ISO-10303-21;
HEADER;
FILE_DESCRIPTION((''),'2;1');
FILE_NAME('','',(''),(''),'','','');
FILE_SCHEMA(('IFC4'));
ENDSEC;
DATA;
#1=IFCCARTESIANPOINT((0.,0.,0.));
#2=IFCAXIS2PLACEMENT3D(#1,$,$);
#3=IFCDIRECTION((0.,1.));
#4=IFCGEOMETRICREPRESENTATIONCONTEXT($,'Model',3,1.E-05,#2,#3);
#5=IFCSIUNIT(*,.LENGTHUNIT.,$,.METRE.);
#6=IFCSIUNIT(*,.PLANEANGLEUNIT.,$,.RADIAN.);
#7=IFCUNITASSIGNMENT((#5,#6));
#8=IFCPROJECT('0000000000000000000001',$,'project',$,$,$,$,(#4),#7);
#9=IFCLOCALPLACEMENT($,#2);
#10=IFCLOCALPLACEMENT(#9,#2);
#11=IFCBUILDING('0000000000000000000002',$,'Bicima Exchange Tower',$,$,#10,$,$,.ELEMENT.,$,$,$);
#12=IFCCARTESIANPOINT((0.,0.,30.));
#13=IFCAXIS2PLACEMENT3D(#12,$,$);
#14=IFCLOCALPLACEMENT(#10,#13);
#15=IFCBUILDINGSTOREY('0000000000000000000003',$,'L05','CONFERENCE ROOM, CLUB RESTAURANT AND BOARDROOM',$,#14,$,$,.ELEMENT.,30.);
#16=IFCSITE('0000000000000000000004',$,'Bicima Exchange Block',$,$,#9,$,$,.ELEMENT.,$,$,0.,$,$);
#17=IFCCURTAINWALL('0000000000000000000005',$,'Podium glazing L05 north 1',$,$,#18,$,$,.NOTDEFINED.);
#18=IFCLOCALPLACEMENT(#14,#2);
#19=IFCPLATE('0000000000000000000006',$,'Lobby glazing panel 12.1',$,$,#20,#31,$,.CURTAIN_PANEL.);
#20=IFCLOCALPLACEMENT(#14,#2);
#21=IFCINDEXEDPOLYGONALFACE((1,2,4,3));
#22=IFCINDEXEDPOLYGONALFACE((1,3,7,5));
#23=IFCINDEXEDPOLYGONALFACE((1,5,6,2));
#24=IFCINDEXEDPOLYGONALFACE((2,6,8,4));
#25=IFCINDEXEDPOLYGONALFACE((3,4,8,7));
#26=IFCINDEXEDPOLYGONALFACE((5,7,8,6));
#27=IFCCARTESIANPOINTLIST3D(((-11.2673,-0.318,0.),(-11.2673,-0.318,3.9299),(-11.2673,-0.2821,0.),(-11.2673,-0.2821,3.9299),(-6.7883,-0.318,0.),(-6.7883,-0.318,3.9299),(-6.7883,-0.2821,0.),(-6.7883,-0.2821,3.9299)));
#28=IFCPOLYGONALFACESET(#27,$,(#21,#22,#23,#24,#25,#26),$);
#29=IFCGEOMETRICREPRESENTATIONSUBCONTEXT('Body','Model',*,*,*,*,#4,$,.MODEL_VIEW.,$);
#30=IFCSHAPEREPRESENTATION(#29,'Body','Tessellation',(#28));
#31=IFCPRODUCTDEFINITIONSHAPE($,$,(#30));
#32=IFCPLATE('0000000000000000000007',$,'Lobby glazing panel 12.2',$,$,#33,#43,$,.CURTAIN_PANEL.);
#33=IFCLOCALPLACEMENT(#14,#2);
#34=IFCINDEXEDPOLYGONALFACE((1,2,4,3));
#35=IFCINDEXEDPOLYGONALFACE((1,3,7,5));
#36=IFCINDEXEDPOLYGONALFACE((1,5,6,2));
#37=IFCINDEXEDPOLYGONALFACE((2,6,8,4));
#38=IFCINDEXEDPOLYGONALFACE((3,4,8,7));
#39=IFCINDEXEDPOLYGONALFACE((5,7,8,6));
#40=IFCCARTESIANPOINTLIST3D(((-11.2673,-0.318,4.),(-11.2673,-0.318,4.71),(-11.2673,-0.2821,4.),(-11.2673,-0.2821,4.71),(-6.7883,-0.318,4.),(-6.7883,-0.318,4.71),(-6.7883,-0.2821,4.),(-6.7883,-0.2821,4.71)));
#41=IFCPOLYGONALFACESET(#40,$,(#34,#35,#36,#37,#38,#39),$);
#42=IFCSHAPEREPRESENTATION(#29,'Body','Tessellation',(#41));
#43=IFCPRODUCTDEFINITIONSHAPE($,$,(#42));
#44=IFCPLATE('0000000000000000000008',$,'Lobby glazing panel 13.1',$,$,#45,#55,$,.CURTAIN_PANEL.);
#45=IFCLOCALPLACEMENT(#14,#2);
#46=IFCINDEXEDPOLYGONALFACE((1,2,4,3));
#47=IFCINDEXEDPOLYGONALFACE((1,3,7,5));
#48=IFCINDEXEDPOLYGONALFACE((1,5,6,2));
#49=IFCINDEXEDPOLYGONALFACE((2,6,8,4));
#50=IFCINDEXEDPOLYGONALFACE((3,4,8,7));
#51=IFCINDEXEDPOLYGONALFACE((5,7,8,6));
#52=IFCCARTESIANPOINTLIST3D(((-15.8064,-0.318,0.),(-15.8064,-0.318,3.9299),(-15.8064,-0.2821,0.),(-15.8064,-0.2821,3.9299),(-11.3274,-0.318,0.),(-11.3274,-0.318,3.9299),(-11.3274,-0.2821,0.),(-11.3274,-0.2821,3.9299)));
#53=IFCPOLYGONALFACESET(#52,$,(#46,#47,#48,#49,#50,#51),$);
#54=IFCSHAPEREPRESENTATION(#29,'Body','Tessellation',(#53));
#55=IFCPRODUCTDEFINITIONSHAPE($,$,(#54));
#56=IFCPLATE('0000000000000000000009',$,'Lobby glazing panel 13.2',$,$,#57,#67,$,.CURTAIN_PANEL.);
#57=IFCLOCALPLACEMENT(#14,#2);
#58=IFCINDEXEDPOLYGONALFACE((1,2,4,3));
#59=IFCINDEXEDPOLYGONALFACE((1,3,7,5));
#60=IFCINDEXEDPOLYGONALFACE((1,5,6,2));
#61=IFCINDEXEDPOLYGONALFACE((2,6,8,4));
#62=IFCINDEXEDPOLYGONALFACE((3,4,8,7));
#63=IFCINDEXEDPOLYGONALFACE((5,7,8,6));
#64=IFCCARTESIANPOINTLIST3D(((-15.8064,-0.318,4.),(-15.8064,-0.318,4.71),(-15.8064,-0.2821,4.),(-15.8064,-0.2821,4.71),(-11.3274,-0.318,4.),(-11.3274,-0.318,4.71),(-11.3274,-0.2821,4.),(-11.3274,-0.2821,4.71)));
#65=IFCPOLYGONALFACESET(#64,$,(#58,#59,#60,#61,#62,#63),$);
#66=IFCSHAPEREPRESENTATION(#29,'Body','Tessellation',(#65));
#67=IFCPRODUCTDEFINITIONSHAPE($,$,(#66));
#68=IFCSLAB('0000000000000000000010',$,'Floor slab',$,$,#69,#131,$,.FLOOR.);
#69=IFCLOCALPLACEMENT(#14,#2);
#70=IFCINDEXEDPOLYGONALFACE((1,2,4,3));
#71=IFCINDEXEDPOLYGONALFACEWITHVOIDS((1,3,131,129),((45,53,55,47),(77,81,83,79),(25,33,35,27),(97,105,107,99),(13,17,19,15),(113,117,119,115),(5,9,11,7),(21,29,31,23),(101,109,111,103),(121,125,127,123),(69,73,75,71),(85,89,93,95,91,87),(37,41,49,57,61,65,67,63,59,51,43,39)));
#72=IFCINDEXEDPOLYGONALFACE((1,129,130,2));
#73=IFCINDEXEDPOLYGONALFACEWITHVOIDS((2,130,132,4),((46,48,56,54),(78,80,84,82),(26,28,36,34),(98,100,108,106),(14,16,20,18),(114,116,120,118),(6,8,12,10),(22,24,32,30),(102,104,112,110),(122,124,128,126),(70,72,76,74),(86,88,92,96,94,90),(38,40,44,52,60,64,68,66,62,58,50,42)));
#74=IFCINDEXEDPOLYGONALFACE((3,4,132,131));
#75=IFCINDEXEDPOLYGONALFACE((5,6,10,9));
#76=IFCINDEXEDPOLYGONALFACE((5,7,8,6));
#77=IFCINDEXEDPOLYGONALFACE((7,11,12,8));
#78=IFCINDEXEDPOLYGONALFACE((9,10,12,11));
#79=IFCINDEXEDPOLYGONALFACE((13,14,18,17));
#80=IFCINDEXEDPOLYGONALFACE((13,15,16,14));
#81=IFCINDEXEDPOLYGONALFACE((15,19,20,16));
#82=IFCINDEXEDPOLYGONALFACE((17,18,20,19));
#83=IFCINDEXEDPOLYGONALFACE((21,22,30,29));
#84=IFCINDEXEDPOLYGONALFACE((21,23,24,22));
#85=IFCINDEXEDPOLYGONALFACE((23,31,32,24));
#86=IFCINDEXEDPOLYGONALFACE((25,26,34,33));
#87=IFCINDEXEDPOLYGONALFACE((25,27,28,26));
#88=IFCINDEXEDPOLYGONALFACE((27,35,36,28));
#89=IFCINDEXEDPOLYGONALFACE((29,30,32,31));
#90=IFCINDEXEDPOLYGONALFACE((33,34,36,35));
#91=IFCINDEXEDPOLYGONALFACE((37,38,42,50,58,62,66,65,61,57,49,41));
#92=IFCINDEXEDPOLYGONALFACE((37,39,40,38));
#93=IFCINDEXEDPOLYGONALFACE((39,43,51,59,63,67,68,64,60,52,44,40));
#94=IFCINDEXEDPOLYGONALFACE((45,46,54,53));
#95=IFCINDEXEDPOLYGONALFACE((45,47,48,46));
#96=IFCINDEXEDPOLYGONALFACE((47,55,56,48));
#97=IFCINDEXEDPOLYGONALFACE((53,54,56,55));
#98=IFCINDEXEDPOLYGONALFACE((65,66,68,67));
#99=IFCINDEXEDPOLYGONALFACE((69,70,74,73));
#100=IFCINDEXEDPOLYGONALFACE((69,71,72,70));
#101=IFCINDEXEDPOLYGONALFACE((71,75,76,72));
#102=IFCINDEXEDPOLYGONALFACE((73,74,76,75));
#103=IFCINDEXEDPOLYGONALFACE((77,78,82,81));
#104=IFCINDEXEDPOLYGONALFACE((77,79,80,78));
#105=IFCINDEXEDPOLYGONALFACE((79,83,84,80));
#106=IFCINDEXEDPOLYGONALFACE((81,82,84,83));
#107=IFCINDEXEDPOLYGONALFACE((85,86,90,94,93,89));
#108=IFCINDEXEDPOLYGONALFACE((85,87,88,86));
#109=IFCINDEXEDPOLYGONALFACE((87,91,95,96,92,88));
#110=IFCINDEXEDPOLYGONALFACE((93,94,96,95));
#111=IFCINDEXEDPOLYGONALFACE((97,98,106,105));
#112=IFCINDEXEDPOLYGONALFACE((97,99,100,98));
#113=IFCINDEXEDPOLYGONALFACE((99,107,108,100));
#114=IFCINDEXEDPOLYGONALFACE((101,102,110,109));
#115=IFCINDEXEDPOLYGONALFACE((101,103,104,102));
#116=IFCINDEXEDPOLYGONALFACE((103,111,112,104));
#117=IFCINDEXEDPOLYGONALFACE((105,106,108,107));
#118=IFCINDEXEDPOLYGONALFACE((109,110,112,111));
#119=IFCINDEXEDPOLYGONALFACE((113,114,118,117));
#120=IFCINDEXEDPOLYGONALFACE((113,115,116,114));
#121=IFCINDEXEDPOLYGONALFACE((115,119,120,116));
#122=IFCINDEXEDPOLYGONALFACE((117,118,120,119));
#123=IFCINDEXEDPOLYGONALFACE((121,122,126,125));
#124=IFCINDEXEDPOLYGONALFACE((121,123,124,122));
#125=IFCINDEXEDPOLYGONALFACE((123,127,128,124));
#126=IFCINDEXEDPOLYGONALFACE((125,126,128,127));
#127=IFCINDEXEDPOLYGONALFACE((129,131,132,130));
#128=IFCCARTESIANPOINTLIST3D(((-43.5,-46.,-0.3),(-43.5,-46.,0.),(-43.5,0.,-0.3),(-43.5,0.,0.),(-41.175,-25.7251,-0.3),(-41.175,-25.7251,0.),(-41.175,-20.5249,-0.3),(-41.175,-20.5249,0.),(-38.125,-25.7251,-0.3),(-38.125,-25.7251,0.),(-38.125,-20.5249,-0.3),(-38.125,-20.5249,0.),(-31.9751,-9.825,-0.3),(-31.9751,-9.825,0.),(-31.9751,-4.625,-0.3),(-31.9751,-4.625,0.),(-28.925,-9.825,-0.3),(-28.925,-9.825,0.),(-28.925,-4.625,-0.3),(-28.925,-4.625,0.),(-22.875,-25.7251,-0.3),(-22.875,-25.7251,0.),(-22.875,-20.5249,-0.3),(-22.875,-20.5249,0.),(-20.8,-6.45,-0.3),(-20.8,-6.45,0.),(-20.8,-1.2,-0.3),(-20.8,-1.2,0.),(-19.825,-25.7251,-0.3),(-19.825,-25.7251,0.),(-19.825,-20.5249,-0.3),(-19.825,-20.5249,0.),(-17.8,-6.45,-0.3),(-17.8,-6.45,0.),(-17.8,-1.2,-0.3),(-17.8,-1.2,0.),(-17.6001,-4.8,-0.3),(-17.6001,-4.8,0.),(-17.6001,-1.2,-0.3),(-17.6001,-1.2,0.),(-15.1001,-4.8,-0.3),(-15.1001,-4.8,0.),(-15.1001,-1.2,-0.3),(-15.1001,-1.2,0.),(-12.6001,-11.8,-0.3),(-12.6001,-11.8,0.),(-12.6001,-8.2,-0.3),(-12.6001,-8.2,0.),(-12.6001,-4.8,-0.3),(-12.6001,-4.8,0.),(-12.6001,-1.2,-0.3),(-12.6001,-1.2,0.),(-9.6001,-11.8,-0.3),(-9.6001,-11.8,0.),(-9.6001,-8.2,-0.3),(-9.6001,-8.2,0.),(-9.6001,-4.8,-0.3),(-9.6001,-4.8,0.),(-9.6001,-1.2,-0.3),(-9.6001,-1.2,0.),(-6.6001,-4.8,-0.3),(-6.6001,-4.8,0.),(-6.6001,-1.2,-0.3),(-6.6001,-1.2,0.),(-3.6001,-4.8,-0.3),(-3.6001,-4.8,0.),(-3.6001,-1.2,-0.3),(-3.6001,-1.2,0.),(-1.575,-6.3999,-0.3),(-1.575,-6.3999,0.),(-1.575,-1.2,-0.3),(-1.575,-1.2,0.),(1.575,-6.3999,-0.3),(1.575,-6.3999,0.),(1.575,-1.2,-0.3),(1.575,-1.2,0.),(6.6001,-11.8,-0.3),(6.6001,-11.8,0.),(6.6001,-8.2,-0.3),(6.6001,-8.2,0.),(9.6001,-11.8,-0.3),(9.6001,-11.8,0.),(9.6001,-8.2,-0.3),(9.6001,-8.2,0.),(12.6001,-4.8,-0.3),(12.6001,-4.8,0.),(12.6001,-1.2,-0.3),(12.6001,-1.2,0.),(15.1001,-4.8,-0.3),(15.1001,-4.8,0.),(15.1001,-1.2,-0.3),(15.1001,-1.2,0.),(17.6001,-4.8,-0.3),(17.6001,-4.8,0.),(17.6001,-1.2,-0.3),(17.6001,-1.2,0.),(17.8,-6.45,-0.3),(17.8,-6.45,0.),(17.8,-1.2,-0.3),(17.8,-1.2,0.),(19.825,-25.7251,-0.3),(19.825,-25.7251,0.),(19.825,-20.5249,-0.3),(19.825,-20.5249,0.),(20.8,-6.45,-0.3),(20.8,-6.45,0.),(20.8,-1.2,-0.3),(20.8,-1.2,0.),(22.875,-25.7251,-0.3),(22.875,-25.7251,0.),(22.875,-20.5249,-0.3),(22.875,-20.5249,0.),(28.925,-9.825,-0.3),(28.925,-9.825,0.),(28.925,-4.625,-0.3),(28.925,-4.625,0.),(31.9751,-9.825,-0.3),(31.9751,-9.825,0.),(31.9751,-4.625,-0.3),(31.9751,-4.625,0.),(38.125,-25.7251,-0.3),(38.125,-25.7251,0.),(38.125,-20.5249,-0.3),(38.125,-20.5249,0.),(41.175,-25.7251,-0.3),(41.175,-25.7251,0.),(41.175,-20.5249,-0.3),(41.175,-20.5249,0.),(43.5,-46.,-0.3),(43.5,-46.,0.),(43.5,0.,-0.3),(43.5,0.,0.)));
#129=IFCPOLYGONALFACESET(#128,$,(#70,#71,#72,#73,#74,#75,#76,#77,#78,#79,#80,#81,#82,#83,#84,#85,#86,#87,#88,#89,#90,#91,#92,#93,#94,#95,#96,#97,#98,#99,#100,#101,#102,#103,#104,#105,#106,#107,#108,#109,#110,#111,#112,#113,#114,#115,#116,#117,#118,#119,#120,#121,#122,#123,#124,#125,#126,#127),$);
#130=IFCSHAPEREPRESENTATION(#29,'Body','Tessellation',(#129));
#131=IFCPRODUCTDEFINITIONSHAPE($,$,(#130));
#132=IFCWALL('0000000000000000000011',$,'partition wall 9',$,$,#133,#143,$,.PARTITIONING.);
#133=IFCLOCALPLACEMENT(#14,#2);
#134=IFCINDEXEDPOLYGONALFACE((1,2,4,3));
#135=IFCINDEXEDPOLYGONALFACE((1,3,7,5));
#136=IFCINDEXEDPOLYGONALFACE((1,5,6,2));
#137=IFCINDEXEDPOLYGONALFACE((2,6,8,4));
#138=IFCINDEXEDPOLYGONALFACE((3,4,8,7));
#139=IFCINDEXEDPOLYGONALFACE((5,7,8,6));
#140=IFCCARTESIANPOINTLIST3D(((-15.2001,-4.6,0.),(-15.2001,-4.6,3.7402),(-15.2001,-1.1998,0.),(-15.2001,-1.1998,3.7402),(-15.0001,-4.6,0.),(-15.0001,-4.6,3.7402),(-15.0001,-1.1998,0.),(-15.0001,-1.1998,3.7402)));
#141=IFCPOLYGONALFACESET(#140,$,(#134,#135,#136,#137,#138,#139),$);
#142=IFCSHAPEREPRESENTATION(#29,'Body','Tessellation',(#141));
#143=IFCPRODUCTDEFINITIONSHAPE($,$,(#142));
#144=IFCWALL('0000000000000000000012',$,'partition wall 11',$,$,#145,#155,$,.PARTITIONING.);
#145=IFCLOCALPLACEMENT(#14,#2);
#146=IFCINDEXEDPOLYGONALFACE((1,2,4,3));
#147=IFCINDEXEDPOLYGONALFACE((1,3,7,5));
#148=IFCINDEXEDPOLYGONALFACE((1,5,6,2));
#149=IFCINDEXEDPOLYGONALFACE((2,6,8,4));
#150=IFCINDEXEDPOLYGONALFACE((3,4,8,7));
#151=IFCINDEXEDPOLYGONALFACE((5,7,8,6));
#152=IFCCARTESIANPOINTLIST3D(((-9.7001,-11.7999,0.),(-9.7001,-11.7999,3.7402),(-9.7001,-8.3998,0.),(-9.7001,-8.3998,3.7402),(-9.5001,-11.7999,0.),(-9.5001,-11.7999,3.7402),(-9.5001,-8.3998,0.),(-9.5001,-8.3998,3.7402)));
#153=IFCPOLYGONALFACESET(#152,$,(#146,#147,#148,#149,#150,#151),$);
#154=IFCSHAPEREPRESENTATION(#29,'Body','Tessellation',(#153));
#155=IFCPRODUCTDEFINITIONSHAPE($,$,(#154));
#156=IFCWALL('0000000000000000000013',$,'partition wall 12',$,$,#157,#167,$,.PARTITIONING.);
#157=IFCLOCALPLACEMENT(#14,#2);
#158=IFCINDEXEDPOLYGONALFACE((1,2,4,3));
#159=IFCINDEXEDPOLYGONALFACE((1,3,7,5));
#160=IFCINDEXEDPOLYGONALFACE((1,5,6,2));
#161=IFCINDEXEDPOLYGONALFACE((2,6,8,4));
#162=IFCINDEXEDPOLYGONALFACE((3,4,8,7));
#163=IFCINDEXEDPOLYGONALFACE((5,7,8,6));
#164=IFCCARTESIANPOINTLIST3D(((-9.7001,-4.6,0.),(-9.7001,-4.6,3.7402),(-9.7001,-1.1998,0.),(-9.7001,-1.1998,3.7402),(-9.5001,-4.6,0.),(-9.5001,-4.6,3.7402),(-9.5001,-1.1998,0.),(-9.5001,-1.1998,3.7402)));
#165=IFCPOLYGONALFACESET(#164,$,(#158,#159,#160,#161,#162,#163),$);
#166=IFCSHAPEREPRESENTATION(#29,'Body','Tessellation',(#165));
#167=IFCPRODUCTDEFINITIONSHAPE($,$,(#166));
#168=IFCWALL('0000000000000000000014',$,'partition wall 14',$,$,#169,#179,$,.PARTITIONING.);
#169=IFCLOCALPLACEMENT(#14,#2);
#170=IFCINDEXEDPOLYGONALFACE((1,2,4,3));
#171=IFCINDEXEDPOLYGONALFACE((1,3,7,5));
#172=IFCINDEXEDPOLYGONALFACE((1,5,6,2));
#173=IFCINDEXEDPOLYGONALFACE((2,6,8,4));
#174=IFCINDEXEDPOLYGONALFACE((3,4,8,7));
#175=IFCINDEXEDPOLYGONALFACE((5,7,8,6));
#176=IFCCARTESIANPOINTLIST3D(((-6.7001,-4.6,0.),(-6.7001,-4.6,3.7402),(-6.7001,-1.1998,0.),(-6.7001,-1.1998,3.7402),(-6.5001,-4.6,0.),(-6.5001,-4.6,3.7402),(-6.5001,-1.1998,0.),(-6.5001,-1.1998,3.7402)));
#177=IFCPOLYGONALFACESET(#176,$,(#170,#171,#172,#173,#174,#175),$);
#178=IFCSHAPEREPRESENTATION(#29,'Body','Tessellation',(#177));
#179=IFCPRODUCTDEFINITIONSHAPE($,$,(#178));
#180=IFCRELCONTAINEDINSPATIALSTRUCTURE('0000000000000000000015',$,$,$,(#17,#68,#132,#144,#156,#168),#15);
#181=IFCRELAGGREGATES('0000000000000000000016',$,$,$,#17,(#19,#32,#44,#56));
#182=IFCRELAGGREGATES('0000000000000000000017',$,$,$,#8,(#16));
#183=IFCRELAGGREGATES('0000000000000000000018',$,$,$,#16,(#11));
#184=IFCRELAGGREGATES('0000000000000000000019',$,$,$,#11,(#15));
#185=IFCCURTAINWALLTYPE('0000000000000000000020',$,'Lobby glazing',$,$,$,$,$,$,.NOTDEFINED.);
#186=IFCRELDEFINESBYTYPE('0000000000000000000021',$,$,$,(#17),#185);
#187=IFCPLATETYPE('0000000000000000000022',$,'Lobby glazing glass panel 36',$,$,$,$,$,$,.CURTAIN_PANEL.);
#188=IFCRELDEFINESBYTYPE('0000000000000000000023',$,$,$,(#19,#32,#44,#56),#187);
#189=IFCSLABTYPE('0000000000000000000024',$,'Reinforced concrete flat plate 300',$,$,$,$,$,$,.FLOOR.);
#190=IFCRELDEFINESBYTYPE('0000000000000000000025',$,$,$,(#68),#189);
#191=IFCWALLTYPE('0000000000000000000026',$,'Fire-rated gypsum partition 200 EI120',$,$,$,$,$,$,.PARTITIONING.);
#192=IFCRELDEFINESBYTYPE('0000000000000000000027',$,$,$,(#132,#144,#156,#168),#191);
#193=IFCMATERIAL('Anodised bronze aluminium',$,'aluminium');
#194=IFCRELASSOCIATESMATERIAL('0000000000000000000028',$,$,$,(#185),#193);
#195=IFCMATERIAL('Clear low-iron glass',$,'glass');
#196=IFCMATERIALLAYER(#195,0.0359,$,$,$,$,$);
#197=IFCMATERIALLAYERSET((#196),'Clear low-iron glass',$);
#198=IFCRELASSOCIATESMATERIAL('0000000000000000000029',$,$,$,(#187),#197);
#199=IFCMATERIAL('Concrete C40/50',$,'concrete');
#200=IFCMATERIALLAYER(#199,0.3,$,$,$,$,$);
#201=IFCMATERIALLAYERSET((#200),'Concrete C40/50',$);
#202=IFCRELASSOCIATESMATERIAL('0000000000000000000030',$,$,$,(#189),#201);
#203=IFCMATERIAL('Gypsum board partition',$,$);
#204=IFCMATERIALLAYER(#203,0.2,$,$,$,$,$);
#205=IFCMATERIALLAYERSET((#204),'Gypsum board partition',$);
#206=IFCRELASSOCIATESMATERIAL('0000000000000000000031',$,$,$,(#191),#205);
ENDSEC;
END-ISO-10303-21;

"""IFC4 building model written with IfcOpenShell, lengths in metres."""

from ifc_helpers import new_model, si_unit, direction, frame, frame_2d, origin, origin_2d, place, context, subcontext, project, spatial, polyline, rectangle, outline, extrude, material, layer, layer_set, type_object, element, aggregate, save


model = new_model("IFC4")

# Units and contexts
model_context = context("Model", 3, precision=1e-05, world=origin(), true_north=direction((0.0, 1.0)))
body_context = subcontext(model_context, "Body", "Model", "MODEL_VIEW")
ifc_project = project(units=[si_unit("LENGTHUNIT", "METRE"), si_unit("PLANEANGLEUNIT", "RADIAN")], contexts=[model_context])

# Site, building, storey
site_placement = place(None, origin())
site = spatial("IfcSite", under=ifc_project, at=site_placement, Name="Bicima Exchange Block", CompositionType="ELEMENT", RefElevation=0.0)
building_placement = place(site_placement, origin())
building = spatial("IfcBuilding", under=site, at=building_placement, Name="Bicima Exchange Tower", CompositionType="ELEMENT")
storey_placement = place(building_placement, frame((0.0, 0.0, 30.0)))
storey = spatial("IfcBuildingStorey", under=building, at=storey_placement, Name="L05", Description="CONFERENCE ROOM, CLUB RESTAURANT AND BOARDROOM", CompositionType="ELEMENT", Elevation=30.0)

# Curtain wall, plates
ifc_material_1 = material(Name="Anodised bronze aluminium", Category="aluminium")
curtain_wall_type = type_object("IfcCurtainWallType", Name="Lobby glazing", PredefinedType="NOTDEFINED", material=ifc_material_1)
curtain_wall_placement = place(storey_placement, origin())
curtain_wall = element("IfcCurtainWall", 1, at=curtain_wall_placement, inside=storey, type_object=curtain_wall_type, Name="Podium glazing L05 north 1", PredefinedType="NOTDEFINED")
ifc_material_2 = material(Name="Clear low-iron glass", Category="glass")
ifc_layer_1 = layer(ifc_material_2, 0.0359)
ifc_layer_set_1 = layer_set([ifc_layer_1], Name="Clear low-iron glass")
plate_type = type_object("IfcPlateType", Name="Lobby glazing glass panel 36", PredefinedType="CURTAIN_PANEL", material=ifc_layer_set_1)
plate_1_placement = place(storey_placement, frame((-9.0278, -0.3, 0.0), z_axis=(0.0, 0.0, 1.0), x_axis=(-1.0, 0.0, 0.0)))
plate_1 = element("IfcPlate", 2, at=plate_1_placement, type_object=plate_type, Name="Lobby glazing panel 12.1", PredefinedType="CURTAIN_PANEL", context=body_context, shape_type="SweptSolid", body=[
    extrude(rectangle(XDim=4.479, YDim=0.0359, at=origin_2d()), origin(), (0.0, 0.0, 1.0), 3.9299),
])
plate_2_placement = place(storey_placement, frame((-9.0278, -0.3, 4.0), z_axis=(0.0, 0.0, 1.0), x_axis=(-1.0, 0.0, 0.0)))
plate_2 = element("IfcPlate", 3, at=plate_2_placement, type_object=plate_type, Name="Lobby glazing panel 12.2", PredefinedType="CURTAIN_PANEL", context=body_context, shape_type="SweptSolid", body=[
    extrude(rectangle(XDim=4.479, YDim=0.0359, at=origin_2d()), origin(), (0.0, 0.0, 1.0), 0.71),
])
plate_3_placement = place(storey_placement, frame((-13.5669, -0.3, 0.0), z_axis=(0.0, 0.0, 1.0), x_axis=(-1.0, 0.0, 0.0)))
plate_3 = element("IfcPlate", 4, at=plate_3_placement, type_object=plate_type, Name="Lobby glazing panel 13.1", PredefinedType="CURTAIN_PANEL", context=body_context, shape_type="SweptSolid", body=[
    extrude(rectangle(XDim=4.479, YDim=0.0359, at=origin_2d()), origin(), (0.0, 0.0, 1.0), 3.9299),
])
plate_4_placement = place(storey_placement, frame((-13.5669, -0.3, 4.0), z_axis=(0.0, 0.0, 1.0), x_axis=(-1.0, 0.0, 0.0)))
plate_4 = element("IfcPlate", 5, at=plate_4_placement, type_object=plate_type, Name="Lobby glazing panel 13.2", PredefinedType="CURTAIN_PANEL", context=body_context, shape_type="SweptSolid", body=[
    extrude(rectangle(XDim=4.479, YDim=0.0359, at=origin_2d()), origin(), (0.0, 0.0, 1.0), 0.71),
])
aggregate(curtain_wall, [plate_1, plate_2, plate_3, plate_4])

# Slab
ifc_material_3 = material(Name="Concrete C40/50", Category="concrete")
ifc_layer_2 = layer(ifc_material_3, 0.3)
ifc_layer_set_2 = layer_set([ifc_layer_2], Name="Concrete C40/50")
slab_type = type_object("IfcSlabType", Name="Reinforced concrete flat plate 300", PredefinedType="FLOOR", material=ifc_layer_set_2)
slab_placement = place(storey_placement, frame((0.0, 0.0, -0.3)))
element("IfcSlab", 6, at=slab_placement, inside=storey, type_object=slab_type, Name="Floor slab", PredefinedType="FLOOR", context=body_context, shape_type="SweptSolid", body=[
    extrude(outline(polyline([(-43.5, 0.0), (43.5, 0.0), (43.5, -46.0), (-43.5, -46.0), (-43.5, 0.0)]), holes=[polyline([(-41.175, -25.7251), (-38.125, -25.7251), (-38.125, -20.5249), (-41.175, -20.5249), (-41.175, -25.7251)]), polyline([(-22.875, -25.7251), (-19.825, -25.7251), (-19.825, -20.5249), (-22.875, -20.5249), (-22.875, -25.7251)]), polyline([(-12.6001, -11.8), (-9.6001, -11.8), (-9.6001, -8.2), (-12.6001, -8.2), (-12.6001, -11.8)]), polyline([(-31.9751, -9.825), (-28.925, -9.825), (-28.925, -4.625), (-31.9751, -4.625), (-31.9751, -9.825)]), polyline([(-20.8, -6.45), (-17.8, -6.45), (-17.8, -1.2), (-20.8, -1.2), (-20.8, -6.45)]), polyline([(-17.6001, -1.2), (-17.6001, -4.8), (-15.1001, -4.8), (-12.6001, -4.8), (-9.6001, -4.8), (-6.6001, -4.8), (-3.6001, -4.8), (-3.6001, -1.2), (-6.6001, -1.2), (-9.6001, -1.2), (-12.6001, -1.2), (-15.1001, -1.2), (-17.6001, -1.2)]), polyline([(19.825, -25.7251), (22.875, -25.7251), (22.875, -20.5249), (19.825, -20.5249), (19.825, -25.7251)]), polyline([(38.125, -25.7251), (41.175, -25.7251), (41.175, -20.5249), (38.125, -20.5249), (38.125, -25.7251)]), polyline([(6.6001, -11.8), (9.6001, -11.8), (9.6001, -8.2), (6.6001, -8.2), (6.6001, -11.8)]), polyline([(28.925, -9.825), (31.9751, -9.825), (31.9751, -4.625), (28.925, -4.625), (28.925, -9.825)]), polyline([(17.8, -6.45), (20.8, -6.45), (20.8, -1.2), (17.8, -1.2), (17.8, -6.45)]), polyline([(-1.575, -6.3999), (1.575, -6.3999), (1.575, -1.2), (-1.575, -1.2), (-1.575, -6.3999)]), polyline([(15.1001, -4.8), (17.6001, -4.8), (17.6001, -1.2), (15.1001, -1.2), (12.6001, -1.2), (12.6001, -4.8), (15.1001, -4.8)])]), origin(), (0.0, 0.0, 1.0), 0.3),
])

# Walls
ifc_material_4 = material(Name="Gypsum board partition")
ifc_layer_3 = layer(ifc_material_4, 0.2)
ifc_layer_set_3 = layer_set([ifc_layer_3], Name="Gypsum board partition")
wall_type_1 = type_object("IfcWallType", Name="Fire-rated gypsum partition 200 EI120", PredefinedType="PARTITIONING", material=ifc_layer_set_3)
for number, where, z_axis, x_axis, name in (
    (7, (-15.1001, -4.6001, 0.0), (0.0, 0.0, 1.0), (0.0, 1.0, 0.0), "partition wall 9"),
    (8, (-9.6001, -11.8, 0.0), (0.0, 0.0, 1.0), (0.0, 1.0, 0.0), "partition wall 11"),
    (9, (-9.6001, -4.6001, 0.0), (0.0, 0.0, 1.0), (0.0, 1.0, 0.0), "partition wall 12"),
    (10, (-6.6001, -4.6001, 0.0), (0.0, 0.0, 1.0), (0.0, 1.0, 0.0), "partition wall 14"),
):
    element("IfcWall", number, at=place(storey_placement, frame(where, z_axis=z_axis, x_axis=x_axis)), inside=storey, type_object=wall_type_1, Name=name, PredefinedType="PARTITIONING", context=body_context, shape_type="SweptSolid", body=[
        extrude(rectangle(XDim=3.4001, YDim=0.2, at=frame_2d((1.7002, 0.0))), origin(), (0.0, 0.0, 1.0), 3.7402),
    ])

save(model, "model.ifc")
